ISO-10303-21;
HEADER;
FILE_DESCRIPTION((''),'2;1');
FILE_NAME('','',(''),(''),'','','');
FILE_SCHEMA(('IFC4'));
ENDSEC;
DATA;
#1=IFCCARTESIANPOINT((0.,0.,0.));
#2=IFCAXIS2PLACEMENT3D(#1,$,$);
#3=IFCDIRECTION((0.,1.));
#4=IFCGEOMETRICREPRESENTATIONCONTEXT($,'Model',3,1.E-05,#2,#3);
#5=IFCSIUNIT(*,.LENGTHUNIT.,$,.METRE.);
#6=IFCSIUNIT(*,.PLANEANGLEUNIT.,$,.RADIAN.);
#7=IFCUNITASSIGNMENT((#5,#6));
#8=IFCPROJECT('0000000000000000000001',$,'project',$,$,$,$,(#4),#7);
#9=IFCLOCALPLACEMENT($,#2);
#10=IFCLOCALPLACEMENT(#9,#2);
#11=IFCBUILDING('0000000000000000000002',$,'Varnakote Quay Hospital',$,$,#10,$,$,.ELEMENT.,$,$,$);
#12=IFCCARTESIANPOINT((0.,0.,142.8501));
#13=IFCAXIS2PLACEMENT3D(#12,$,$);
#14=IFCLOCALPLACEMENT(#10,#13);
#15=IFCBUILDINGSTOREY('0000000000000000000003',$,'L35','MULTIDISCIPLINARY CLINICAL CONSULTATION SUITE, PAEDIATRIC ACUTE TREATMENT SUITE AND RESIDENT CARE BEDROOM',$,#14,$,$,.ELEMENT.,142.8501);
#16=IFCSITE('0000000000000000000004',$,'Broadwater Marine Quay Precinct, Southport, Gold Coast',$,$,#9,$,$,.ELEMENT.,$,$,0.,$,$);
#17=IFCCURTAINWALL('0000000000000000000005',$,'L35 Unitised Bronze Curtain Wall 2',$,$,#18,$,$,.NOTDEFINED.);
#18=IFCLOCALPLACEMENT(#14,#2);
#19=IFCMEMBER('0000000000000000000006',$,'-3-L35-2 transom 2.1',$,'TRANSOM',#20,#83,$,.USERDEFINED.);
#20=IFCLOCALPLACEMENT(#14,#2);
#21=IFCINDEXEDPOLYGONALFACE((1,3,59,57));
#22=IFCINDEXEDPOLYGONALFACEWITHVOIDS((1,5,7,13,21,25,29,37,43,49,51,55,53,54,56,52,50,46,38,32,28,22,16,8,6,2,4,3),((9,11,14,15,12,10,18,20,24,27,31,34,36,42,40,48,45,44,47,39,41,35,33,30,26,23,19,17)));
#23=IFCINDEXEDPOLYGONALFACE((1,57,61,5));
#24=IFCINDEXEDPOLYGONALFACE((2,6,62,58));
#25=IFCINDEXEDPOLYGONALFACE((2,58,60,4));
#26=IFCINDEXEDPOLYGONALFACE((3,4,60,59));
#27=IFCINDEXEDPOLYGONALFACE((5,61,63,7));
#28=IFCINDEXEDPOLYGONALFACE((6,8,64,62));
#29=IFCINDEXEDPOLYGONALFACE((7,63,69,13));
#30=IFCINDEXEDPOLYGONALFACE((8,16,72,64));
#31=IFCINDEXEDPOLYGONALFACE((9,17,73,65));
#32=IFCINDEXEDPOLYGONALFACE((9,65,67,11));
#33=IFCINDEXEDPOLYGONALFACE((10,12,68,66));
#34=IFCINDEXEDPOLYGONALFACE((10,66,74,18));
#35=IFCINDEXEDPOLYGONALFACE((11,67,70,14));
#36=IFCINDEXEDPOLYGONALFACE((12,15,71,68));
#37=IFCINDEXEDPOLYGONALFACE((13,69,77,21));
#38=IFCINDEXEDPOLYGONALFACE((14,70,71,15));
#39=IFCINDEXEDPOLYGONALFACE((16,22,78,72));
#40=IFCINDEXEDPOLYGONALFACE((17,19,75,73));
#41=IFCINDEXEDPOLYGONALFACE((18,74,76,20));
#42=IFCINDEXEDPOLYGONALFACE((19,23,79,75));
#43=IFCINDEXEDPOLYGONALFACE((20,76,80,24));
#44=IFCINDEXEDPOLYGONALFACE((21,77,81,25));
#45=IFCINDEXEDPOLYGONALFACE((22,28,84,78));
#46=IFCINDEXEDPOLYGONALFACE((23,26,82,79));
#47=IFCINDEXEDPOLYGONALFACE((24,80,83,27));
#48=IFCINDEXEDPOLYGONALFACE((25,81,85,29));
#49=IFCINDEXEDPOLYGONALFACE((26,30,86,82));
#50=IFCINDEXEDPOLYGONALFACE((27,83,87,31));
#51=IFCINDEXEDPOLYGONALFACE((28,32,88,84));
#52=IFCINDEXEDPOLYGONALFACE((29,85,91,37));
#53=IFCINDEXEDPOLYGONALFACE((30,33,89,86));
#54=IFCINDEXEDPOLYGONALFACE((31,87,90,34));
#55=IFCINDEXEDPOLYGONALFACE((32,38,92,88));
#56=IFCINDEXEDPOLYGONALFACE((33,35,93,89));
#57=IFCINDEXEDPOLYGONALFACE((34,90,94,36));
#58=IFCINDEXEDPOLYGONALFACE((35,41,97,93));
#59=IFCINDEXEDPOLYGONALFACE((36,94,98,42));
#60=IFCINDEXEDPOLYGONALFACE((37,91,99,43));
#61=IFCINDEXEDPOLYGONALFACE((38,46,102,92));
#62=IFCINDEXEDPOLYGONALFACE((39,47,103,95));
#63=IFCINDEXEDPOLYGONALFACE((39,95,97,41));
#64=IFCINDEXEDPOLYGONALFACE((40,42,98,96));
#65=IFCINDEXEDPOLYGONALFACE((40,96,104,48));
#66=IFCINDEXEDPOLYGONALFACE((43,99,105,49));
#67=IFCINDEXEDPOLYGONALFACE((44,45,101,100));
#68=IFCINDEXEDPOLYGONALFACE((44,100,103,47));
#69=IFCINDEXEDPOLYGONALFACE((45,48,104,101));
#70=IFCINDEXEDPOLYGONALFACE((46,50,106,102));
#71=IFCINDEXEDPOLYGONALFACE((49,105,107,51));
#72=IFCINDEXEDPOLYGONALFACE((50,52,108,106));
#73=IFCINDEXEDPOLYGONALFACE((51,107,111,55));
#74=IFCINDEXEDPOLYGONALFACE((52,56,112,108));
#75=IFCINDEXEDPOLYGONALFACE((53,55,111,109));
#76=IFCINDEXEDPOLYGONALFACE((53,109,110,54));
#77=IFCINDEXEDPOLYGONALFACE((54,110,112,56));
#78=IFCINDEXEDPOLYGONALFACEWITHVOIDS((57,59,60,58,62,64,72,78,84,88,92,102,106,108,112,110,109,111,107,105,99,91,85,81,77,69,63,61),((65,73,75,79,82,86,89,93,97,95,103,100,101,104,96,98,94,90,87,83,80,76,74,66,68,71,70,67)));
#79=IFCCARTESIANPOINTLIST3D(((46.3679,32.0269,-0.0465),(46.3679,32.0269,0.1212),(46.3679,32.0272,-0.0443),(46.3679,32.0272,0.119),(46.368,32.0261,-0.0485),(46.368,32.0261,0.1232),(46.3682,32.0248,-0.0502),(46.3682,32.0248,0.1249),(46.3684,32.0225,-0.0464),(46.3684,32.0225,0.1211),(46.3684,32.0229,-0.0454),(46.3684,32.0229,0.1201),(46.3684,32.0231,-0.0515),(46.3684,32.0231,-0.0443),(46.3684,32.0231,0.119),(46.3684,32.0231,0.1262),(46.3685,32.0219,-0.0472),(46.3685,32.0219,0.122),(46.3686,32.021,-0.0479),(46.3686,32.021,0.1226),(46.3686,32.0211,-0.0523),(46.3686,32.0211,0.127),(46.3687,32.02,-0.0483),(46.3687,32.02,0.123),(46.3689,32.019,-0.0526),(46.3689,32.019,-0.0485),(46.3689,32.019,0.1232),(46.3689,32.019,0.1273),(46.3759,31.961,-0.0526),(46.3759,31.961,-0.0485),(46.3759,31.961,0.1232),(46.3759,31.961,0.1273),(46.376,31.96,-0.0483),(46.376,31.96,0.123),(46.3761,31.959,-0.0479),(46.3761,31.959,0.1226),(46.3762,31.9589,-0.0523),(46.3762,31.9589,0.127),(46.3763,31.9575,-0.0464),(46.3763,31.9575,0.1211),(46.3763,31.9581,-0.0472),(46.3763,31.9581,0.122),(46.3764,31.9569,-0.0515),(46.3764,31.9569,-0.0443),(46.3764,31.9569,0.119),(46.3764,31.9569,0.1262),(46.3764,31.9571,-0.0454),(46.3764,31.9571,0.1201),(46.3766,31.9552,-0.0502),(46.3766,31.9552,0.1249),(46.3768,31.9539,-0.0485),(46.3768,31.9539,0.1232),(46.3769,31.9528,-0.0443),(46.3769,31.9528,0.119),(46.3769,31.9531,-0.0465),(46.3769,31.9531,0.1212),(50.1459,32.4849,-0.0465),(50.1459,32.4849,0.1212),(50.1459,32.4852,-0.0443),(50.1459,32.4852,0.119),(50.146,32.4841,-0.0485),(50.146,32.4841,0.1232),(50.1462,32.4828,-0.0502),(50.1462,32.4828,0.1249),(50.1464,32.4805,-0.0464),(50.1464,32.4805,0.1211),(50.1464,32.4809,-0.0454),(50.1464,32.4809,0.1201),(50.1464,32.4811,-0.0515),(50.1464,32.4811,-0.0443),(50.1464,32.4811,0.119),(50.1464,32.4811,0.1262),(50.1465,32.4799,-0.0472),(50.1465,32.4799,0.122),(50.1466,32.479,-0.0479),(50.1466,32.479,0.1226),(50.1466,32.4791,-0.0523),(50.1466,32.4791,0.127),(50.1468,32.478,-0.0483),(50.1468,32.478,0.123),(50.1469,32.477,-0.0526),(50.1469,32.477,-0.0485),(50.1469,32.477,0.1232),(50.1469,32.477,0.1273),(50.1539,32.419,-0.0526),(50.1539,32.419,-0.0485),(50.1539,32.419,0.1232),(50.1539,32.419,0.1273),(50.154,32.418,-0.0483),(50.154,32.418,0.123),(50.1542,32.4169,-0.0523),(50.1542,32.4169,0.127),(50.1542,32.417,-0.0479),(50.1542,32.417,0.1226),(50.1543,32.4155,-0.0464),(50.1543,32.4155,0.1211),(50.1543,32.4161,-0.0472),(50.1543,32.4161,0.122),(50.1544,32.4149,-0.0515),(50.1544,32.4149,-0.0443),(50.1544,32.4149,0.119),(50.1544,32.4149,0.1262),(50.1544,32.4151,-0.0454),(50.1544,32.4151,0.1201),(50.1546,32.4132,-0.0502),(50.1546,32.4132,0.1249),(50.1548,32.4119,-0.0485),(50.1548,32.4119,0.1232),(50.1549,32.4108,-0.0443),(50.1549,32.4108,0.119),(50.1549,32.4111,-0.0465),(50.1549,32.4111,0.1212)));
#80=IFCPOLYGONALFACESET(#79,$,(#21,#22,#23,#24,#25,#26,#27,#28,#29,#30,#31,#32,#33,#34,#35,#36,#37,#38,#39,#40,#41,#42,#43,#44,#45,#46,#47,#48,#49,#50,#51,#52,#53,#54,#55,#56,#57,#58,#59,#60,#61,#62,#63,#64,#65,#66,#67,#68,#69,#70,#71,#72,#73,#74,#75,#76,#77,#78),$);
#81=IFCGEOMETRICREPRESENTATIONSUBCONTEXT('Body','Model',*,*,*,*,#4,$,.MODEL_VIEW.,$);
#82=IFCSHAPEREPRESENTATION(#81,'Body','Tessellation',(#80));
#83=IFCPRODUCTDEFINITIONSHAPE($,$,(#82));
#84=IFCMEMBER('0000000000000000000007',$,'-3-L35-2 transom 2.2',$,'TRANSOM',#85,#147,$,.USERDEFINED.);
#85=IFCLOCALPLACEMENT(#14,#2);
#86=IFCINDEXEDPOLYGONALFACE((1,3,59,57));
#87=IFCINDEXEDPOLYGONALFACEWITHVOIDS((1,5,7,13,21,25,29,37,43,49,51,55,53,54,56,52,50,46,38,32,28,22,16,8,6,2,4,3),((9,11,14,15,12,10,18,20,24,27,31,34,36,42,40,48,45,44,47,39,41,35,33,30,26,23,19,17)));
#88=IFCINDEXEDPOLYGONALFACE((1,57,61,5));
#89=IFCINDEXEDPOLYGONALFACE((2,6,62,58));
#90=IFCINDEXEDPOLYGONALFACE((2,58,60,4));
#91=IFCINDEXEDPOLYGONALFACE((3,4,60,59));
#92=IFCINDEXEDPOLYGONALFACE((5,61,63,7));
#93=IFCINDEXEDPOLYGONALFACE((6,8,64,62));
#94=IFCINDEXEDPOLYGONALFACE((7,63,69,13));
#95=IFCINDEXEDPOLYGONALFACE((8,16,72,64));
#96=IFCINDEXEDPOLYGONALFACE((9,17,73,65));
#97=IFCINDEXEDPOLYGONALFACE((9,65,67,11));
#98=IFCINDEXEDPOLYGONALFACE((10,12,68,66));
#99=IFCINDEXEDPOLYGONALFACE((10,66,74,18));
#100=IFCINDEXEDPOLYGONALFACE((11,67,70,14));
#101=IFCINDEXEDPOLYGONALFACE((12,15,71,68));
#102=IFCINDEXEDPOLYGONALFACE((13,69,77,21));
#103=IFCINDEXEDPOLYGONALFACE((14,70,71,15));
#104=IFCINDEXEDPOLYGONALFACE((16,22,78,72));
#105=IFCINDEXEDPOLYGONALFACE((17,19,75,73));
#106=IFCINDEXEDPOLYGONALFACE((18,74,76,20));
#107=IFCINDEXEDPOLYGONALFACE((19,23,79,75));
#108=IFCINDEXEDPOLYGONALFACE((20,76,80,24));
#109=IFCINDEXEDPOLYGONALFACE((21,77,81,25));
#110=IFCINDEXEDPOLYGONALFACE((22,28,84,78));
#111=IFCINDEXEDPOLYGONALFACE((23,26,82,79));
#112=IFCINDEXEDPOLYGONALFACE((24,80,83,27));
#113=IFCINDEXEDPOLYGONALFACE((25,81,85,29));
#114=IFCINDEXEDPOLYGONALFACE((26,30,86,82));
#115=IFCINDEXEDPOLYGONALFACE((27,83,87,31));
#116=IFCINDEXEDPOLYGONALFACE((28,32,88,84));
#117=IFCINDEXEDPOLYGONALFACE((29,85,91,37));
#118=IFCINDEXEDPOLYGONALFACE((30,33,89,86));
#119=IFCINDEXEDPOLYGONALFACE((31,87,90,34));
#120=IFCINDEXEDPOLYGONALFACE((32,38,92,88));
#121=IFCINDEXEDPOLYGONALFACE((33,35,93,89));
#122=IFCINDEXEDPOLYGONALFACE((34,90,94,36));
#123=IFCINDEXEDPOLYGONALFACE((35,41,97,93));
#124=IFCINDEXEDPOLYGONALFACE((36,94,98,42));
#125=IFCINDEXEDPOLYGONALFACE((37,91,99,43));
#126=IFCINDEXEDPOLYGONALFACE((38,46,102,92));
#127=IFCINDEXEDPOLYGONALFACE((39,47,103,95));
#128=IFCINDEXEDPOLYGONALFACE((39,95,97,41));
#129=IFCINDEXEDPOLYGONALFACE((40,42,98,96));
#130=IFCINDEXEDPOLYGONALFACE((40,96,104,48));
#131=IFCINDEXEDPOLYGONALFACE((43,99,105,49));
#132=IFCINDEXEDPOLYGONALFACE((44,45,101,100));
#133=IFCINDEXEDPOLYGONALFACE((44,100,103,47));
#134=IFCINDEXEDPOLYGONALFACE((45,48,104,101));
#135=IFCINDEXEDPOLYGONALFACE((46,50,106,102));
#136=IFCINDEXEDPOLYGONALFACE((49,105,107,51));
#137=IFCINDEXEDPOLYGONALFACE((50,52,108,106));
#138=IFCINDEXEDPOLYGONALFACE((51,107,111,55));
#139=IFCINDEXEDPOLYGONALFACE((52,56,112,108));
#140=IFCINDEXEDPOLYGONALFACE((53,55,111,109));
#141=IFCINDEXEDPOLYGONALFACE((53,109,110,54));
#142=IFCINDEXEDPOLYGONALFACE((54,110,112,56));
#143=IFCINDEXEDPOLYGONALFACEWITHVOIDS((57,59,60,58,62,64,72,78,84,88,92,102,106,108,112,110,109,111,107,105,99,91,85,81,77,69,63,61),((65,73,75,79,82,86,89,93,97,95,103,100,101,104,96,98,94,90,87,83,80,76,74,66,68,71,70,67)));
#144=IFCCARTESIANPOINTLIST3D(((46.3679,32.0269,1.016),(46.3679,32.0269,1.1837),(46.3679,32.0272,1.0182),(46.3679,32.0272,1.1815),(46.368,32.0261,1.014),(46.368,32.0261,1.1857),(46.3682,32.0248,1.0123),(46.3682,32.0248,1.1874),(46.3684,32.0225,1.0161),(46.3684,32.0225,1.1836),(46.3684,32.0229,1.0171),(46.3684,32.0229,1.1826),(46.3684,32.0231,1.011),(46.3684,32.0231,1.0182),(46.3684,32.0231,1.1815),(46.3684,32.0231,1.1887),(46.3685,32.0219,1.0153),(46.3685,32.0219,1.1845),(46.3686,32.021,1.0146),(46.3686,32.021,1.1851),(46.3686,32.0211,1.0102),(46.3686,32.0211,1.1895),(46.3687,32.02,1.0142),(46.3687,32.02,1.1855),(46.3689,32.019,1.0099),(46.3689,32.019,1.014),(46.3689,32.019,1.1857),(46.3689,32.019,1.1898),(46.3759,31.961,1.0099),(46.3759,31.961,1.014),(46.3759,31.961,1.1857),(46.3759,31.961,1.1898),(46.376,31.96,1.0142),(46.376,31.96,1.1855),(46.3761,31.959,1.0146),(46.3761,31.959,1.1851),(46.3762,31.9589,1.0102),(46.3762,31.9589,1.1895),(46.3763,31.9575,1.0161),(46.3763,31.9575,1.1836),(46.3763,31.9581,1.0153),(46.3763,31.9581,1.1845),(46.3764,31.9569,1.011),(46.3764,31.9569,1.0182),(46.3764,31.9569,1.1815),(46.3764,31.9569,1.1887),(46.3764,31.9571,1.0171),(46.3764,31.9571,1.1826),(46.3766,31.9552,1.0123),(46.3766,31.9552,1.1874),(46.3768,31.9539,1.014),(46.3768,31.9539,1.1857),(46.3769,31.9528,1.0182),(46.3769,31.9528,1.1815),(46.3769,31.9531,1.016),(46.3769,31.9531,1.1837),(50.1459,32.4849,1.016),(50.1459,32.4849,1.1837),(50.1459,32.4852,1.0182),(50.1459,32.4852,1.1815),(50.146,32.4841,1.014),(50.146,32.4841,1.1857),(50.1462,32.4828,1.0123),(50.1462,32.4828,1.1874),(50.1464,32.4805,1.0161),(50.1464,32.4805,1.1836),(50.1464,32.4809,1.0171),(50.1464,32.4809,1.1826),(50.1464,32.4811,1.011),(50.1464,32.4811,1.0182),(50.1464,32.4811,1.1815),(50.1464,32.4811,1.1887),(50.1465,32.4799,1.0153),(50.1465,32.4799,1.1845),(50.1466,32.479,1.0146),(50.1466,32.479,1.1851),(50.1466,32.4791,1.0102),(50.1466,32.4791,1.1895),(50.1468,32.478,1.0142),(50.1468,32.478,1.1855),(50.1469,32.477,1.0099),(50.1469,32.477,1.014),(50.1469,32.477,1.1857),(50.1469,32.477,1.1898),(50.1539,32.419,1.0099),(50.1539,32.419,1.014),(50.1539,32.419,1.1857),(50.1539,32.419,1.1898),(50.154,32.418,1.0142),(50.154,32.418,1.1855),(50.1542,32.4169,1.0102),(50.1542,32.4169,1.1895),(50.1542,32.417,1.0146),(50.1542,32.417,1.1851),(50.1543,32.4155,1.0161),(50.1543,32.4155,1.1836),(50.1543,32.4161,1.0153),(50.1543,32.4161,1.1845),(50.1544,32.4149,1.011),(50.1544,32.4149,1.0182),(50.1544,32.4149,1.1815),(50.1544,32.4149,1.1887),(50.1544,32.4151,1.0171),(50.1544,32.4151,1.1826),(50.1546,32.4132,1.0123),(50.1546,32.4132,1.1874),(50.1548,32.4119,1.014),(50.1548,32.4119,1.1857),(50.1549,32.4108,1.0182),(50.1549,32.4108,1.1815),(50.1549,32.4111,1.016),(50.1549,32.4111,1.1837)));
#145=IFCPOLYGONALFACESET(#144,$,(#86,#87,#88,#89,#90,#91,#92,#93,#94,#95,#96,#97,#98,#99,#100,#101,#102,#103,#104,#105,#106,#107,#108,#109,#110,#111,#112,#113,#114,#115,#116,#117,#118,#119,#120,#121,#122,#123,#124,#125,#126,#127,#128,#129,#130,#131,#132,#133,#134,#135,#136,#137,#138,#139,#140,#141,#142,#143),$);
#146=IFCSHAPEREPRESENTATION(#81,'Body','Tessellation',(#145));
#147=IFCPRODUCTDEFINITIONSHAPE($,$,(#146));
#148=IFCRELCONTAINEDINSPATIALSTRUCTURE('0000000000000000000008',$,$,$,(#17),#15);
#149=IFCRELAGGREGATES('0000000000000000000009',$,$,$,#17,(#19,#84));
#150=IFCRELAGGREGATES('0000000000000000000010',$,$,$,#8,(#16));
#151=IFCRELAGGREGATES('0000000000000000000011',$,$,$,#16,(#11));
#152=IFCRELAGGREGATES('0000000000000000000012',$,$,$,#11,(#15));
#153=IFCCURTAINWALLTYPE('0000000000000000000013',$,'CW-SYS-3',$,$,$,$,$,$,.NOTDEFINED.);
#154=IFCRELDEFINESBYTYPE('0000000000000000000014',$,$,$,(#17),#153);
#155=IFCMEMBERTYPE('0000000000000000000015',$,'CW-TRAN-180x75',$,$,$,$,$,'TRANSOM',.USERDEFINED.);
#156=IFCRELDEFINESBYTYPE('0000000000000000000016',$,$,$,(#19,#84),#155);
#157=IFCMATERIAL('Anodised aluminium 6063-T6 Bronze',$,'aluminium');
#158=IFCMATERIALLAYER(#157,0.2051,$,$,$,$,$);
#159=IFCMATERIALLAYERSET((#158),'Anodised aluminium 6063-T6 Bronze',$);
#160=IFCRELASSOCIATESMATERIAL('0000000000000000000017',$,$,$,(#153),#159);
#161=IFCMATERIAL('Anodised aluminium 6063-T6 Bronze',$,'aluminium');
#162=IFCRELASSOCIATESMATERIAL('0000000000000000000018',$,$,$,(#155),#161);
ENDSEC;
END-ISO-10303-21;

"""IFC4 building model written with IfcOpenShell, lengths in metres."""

from ifc_helpers import new_model, si_unit, direction, frame, origin, origin_2d, place, context, subcontext, project, spatial, hollow_rectangle, extrude, material, layer, layer_set, material_profile, profile_set, type_object, element, aggregate, save


model = new_model("IFC4")

# Units and contexts
model_context = context("Model", 3, precision=1e-05, world=origin(), true_north=direction((0.0, 1.0)))
body_context = subcontext(model_context, "Body", "Model", "MODEL_VIEW")
ifc_project = project(units=[si_unit("LENGTHUNIT", "METRE"), si_unit("PLANEANGLEUNIT", "RADIAN")], contexts=[model_context])

# Site, building, storey
site_placement = place(None, origin())
site = spatial("IfcSite", under=ifc_project, at=site_placement, Name="Broadwater Marine Quay Precinct, Southport, Gold Coast", CompositionType="ELEMENT", RefElevation=0.0)
building_placement = place(site_placement, origin())
building = spatial("IfcBuilding", under=site, at=building_placement, Name="Varnakote Quay Hospital", CompositionType="ELEMENT")
storey_placement = place(building_placement, frame((0.0, 0.0, 142.8501)))
storey = spatial("IfcBuildingStorey", under=building, at=storey_placement, Name="L35", Description="MULTIDISCIPLINARY CLINICAL CONSULTATION SUITE, PAEDIATRIC ACUTE TREATMENT SUITE AND RESIDENT CARE BEDROOM", CompositionType="ELEMENT", Elevation=142.8501)

# Shared definitions
ifc_material_1 = material(Name="Anodised aluminium 6063-T6 Bronze", Category="aluminium")
ifc_layer_1 = layer(ifc_material_1, 0.2051)
ifc_layer_set_1 = layer_set([ifc_layer_1], Name="Anodised aluminium 6063-T6 Bronze")
curtain_wall_type = type_object("IfcCurtainWallType", Name="CW-SYS-3", PredefinedType="NOTDEFINED", material=ifc_layer_set_1)

# Curtain wall, members
curtain_wall_1_placement = place(storey_placement, origin())
curtain_wall_1 = element("IfcCurtainWall", 1, at=curtain_wall_1_placement, inside=storey, type_object=curtain_wall_type, Name="L35 Unitised Bronze Curtain Wall 2", PredefinedType="NOTDEFINED")
ifc_material_2 = material(Name="Anodised aluminium 6063-T6 Bronze", Category="aluminium")
ifc_material_profile_1 = material_profile(ifc_material_2, hollow_rectangle(XDim=0.075, YDim=0.1799, WallThickness=0.0042, InnerFilletRadius=0.0042, OuterFilletRadius=0.0083, at=origin_2d()), Name="CW-TRAN-180x75")
ifc_profile_set_1 = profile_set([ifc_material_profile_1], Name="Anodised aluminium 6063-T6 Bronze")
member_type_1 = type_object("IfcMemberType", Name="CW-TRAN-180x75", ElementType="TRANSOM", PredefinedType="USERDEFINED", material=ifc_profile_set_1)
member_1_placement = place(storey_placement, frame((50.1504, 32.448, 0.0374), z_axis=(-0.992732, -0.120347, 0.0), x_axis=(0.120347, -0.992732, 0.0)))
member_1 = element("IfcMember", 2, at=member_1_placement, type_object=member_type_1, Name="-3-L35-2 transom 2.1", ObjectType="TRANSOM", PredefinedType="USERDEFINED", context=body_context, shape_type="SweptSolid", body=[
    extrude(hollow_rectangle(XDim=0.075, YDim=0.1799, WallThickness=0.0042, InnerFilletRadius=0.0042, OuterFilletRadius=0.0083, at=origin_2d()), origin(), (0.0, 0.0, 1.0), 3.8057),
])
member_2_placement = place(storey_placement, frame((50.1504, 32.448, 1.0999), z_axis=(-0.992732, -0.120347, 0.0), x_axis=(0.120347, -0.992732, 0.0)))
member_2 = element("IfcMember", 3, at=member_2_placement, type_object=member_type_1, Name="-3-L35-2 transom 2.2", ObjectType="TRANSOM", PredefinedType="USERDEFINED", context=body_context, shape_type="SweptSolid", body=[
    extrude(hollow_rectangle(XDim=0.075, YDim=0.1799, WallThickness=0.0042, InnerFilletRadius=0.0042, OuterFilletRadius=0.0083, at=origin_2d()), origin(), (0.0, 0.0, 1.0), 3.8057),
])

aggregate(curtain_wall_1, [member_1, member_2])

save(model, "model.ifc")
